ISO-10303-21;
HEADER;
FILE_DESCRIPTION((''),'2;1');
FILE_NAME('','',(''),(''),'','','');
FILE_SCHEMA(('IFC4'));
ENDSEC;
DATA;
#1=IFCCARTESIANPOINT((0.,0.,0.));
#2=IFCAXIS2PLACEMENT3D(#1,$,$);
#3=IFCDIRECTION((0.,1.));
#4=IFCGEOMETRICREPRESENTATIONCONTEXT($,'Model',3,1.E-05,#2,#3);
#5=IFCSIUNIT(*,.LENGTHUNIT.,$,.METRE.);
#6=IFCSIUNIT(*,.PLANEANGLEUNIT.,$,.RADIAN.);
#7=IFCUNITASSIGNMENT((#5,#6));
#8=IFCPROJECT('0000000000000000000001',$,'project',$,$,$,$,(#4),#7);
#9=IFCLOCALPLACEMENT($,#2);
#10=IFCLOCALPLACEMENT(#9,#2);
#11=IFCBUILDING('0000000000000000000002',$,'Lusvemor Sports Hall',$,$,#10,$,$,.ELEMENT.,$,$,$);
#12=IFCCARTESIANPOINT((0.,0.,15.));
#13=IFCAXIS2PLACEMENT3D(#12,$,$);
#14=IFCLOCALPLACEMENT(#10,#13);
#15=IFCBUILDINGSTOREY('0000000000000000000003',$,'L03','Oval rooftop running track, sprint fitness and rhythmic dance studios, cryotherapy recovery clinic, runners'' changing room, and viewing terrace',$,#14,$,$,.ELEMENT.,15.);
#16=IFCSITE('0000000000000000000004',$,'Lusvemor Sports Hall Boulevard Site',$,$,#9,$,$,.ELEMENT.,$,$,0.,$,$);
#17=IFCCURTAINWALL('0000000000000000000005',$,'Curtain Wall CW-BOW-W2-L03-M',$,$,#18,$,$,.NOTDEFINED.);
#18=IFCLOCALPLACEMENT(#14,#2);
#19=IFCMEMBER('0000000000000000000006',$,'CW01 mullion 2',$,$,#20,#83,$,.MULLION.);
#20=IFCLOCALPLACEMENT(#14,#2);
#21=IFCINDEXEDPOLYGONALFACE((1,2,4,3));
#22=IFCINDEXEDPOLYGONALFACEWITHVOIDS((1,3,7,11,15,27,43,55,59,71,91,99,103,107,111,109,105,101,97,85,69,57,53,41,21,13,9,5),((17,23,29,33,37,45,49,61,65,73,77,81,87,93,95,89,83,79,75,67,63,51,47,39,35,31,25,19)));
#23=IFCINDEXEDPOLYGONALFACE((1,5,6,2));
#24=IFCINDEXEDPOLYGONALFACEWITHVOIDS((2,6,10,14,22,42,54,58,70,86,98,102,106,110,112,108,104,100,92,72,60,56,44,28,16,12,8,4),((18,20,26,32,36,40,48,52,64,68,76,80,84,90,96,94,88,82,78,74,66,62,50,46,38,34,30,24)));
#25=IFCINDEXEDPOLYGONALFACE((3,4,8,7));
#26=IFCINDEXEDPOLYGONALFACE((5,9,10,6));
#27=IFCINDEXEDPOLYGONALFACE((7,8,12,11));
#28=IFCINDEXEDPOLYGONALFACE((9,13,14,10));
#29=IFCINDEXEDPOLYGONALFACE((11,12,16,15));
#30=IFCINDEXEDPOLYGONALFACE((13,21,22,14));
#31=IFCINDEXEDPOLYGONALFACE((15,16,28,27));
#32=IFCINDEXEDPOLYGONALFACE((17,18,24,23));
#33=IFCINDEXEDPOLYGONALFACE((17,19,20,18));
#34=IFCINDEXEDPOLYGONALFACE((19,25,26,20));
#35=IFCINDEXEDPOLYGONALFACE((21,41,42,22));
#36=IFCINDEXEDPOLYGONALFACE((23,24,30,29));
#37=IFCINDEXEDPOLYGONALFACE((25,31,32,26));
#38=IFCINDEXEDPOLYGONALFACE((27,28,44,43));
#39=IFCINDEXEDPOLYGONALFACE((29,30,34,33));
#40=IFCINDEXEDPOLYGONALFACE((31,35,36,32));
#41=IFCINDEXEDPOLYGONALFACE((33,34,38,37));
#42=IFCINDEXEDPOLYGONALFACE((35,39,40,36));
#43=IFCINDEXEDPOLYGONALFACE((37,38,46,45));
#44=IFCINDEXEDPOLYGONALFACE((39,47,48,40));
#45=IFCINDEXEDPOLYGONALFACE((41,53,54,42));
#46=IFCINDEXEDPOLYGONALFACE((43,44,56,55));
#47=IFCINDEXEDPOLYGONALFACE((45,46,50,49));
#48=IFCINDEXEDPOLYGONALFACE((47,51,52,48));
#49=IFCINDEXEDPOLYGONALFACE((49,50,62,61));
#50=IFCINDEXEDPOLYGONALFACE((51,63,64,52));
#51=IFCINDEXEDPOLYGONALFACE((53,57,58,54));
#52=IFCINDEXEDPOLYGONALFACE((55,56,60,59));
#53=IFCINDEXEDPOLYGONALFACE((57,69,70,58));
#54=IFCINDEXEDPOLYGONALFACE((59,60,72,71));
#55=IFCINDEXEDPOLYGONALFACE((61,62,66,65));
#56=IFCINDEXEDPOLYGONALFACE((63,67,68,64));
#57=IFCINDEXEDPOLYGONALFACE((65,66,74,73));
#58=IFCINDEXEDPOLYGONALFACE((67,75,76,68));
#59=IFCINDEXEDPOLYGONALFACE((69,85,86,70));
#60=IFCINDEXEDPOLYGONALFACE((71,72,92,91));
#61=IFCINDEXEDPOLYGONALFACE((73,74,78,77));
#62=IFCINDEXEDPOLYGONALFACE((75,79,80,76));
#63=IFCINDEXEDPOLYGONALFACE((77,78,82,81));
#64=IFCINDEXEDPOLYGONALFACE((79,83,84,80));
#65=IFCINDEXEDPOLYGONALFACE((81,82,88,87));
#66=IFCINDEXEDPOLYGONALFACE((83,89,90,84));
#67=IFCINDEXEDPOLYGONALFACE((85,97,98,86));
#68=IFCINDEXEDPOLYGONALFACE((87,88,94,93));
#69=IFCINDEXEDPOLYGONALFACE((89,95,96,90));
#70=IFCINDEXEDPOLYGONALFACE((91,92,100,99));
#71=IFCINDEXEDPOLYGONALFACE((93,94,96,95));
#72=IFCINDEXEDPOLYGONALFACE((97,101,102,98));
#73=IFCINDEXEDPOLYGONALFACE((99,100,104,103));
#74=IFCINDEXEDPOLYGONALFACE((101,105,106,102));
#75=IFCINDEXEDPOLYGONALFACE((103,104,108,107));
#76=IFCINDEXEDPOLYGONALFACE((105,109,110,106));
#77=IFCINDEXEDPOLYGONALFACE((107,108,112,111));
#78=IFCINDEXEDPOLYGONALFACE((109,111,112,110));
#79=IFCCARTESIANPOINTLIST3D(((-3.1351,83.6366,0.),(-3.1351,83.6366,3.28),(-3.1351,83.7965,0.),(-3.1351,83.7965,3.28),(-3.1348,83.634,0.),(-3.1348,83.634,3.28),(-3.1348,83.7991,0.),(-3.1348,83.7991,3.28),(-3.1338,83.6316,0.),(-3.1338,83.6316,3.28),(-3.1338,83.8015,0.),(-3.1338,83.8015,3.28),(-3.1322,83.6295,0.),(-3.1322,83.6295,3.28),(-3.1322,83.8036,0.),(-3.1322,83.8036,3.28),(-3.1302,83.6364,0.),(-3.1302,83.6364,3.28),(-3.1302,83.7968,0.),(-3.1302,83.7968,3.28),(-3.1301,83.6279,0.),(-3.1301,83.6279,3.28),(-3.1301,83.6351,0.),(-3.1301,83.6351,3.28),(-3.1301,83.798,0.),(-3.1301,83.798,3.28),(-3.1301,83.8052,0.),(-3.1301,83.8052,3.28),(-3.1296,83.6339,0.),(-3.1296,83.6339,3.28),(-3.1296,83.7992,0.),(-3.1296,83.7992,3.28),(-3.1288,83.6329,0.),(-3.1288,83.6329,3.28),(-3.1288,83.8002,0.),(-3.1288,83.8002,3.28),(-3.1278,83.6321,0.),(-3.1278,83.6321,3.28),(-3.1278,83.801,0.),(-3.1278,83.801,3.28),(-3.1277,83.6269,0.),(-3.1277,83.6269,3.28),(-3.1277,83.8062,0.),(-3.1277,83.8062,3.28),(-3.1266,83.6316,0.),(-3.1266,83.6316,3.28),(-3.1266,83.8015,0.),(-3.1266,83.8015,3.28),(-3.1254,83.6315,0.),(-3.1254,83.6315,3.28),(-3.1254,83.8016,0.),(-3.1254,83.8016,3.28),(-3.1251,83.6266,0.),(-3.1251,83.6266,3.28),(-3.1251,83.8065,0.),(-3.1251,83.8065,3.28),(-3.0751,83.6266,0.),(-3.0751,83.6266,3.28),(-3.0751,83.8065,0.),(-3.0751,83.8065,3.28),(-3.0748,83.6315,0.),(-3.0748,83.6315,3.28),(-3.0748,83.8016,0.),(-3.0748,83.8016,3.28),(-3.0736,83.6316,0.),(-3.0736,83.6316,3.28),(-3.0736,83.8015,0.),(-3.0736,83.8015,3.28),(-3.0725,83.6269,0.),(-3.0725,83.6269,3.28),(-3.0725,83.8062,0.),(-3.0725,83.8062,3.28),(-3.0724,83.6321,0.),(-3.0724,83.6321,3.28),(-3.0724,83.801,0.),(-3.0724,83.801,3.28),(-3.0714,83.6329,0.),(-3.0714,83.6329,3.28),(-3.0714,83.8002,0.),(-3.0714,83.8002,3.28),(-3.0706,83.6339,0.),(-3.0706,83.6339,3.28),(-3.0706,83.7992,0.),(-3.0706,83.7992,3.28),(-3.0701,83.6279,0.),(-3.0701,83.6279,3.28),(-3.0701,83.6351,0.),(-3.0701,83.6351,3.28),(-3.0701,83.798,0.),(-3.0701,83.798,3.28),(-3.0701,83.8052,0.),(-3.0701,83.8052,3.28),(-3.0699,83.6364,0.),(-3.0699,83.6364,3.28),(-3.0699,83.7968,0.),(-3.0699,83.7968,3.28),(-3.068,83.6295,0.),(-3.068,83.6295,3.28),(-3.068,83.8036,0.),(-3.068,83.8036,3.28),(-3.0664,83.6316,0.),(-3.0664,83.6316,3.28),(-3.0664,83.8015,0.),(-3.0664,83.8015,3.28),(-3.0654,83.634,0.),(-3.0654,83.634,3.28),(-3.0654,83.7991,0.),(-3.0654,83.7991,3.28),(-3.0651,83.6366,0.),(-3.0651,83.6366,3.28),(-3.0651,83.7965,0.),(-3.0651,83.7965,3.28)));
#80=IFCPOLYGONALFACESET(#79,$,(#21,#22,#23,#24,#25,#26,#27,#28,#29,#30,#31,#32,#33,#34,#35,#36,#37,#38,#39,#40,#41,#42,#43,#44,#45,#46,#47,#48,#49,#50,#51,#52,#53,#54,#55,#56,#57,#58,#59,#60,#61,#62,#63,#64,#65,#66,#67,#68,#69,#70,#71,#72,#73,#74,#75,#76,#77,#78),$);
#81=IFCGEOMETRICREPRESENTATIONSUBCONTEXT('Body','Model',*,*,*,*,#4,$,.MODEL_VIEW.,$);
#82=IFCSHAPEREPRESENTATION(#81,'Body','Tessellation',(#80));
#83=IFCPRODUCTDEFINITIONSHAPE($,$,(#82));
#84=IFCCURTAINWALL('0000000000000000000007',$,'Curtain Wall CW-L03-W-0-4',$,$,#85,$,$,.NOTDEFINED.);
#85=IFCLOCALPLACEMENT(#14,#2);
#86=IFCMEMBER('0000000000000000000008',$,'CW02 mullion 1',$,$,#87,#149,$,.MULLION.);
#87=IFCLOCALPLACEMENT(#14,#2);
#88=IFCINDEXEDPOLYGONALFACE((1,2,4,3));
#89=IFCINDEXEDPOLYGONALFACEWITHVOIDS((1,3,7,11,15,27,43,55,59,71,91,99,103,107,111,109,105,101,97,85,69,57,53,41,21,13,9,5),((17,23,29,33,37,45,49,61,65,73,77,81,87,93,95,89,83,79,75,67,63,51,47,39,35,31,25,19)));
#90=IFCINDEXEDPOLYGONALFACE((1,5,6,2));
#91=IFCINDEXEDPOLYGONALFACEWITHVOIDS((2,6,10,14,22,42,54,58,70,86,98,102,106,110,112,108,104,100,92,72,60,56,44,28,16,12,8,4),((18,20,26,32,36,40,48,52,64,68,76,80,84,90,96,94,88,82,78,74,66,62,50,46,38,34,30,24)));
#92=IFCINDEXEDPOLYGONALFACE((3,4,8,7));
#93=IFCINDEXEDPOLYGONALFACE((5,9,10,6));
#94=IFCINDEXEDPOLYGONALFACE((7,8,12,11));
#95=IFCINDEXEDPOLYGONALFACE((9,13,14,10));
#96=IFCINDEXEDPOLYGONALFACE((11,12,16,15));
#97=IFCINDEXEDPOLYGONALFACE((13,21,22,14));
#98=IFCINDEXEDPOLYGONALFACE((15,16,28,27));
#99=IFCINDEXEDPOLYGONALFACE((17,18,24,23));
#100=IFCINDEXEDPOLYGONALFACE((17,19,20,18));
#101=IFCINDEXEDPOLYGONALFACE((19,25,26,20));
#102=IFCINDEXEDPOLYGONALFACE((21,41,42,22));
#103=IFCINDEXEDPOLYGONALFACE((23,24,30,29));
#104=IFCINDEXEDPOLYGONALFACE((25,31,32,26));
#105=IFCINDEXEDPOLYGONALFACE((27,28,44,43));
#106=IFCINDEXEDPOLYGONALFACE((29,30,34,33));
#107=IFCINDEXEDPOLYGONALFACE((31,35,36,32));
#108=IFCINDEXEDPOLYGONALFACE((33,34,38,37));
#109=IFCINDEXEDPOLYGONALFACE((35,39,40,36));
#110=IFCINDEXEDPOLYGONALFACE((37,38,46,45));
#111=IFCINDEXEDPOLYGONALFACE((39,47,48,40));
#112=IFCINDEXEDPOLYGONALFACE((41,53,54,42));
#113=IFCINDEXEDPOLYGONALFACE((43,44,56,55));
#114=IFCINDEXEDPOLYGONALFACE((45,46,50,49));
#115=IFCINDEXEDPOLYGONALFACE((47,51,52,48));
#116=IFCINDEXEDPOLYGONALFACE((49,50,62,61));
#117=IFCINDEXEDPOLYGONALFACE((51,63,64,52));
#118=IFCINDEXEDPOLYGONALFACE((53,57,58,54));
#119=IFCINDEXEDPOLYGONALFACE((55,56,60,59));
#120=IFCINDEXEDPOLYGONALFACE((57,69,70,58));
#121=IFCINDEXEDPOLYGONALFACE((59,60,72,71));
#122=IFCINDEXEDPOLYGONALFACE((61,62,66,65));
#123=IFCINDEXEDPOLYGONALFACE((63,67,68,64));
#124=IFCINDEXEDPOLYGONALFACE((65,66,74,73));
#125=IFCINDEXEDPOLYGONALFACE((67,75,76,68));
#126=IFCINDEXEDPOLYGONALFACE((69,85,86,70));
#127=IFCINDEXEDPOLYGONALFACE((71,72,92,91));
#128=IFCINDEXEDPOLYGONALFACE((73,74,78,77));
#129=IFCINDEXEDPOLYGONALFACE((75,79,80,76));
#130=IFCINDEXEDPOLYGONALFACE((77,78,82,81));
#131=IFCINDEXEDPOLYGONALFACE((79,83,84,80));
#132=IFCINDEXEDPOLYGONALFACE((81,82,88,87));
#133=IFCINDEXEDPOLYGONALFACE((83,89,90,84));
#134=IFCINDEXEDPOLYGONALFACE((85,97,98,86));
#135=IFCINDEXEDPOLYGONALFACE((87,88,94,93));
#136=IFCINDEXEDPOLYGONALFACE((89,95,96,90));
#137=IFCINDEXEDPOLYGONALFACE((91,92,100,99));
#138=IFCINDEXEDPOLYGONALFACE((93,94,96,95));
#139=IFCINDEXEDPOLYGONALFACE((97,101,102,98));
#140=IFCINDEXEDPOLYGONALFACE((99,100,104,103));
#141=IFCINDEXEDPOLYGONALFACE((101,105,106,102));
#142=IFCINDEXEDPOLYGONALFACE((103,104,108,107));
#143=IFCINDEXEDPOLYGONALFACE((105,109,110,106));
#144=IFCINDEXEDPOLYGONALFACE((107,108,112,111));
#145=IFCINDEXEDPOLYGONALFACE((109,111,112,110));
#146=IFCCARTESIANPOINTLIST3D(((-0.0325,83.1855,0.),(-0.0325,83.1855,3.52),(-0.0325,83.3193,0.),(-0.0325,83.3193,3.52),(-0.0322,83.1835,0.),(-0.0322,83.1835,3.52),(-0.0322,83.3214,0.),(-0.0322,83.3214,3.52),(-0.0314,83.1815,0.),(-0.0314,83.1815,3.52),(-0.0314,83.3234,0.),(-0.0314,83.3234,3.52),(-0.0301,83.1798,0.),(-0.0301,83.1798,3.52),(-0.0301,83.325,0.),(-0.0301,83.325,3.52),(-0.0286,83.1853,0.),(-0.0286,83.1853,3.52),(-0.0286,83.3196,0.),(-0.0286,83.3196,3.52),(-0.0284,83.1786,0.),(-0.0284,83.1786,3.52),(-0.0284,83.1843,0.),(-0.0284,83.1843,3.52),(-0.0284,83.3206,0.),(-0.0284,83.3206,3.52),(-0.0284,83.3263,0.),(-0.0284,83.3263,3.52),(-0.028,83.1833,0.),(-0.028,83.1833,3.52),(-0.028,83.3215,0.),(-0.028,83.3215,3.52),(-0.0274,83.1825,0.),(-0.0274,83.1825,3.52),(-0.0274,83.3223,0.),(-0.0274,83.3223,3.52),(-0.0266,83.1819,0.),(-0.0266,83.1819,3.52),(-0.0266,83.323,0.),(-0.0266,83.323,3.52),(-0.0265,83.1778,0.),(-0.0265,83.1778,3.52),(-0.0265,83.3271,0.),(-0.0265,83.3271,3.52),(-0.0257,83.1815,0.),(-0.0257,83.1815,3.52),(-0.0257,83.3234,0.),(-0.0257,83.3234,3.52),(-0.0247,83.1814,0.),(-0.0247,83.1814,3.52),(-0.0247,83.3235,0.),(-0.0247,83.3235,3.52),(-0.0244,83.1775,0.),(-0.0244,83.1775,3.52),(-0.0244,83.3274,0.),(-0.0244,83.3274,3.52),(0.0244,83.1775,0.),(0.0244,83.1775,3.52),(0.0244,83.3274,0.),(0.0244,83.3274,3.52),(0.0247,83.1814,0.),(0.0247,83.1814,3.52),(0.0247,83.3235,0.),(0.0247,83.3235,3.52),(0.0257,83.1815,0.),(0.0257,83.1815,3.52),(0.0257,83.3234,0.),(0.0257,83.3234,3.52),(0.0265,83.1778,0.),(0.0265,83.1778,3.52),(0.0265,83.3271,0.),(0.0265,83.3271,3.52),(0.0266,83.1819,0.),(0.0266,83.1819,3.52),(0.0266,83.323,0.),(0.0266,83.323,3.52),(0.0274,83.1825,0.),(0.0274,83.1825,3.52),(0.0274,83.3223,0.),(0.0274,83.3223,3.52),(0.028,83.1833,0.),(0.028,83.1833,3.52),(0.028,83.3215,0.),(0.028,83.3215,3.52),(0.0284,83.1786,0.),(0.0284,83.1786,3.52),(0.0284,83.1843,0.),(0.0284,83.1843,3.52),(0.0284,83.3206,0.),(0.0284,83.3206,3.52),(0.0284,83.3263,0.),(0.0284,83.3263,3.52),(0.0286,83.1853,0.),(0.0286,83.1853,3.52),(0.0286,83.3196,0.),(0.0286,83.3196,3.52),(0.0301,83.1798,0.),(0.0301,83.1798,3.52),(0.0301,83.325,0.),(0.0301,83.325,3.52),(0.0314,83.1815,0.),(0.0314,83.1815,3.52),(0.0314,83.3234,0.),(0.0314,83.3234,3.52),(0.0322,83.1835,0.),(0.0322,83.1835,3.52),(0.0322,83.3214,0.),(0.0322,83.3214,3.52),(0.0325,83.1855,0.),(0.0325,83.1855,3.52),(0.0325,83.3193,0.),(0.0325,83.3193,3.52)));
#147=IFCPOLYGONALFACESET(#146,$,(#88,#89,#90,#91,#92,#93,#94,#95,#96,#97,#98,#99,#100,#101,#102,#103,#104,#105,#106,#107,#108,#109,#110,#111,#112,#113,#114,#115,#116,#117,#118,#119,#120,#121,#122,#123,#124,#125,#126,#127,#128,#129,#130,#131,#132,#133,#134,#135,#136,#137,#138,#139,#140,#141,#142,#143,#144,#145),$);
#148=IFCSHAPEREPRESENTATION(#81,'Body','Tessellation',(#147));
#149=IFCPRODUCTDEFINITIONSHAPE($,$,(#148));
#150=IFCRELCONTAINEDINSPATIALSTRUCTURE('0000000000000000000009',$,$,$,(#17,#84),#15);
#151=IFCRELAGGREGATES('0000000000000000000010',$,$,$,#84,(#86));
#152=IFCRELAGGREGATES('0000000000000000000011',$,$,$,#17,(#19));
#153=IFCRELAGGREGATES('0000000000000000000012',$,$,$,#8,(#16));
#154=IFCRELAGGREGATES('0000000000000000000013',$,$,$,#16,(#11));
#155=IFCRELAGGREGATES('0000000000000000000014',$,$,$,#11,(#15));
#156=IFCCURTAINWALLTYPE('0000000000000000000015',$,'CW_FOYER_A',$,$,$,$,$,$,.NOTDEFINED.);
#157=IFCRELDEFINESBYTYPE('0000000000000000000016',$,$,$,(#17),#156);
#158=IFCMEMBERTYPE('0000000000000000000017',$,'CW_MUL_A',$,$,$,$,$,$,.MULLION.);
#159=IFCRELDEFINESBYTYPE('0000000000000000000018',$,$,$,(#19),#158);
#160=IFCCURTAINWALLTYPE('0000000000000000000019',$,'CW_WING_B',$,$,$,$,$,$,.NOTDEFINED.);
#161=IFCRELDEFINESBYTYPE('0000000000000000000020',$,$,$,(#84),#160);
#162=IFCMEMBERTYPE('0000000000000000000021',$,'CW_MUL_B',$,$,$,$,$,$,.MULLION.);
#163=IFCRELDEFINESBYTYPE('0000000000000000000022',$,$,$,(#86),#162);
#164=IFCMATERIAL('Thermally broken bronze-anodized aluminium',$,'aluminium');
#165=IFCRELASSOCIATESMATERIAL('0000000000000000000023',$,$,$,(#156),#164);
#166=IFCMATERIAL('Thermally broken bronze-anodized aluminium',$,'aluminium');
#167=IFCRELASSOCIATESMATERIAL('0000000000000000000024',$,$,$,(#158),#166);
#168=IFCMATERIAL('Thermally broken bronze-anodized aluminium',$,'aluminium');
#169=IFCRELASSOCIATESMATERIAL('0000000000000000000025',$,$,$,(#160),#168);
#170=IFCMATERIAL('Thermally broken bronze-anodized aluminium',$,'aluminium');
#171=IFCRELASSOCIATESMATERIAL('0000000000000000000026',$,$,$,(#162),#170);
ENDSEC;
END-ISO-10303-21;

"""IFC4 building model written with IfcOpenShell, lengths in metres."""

from ifc_helpers import new_model, si_unit, direction, frame, origin, origin_2d, place, context, subcontext, project, spatial, hollow_rectangle, extrude, material, material_profile, profile_set, type_object, element, aggregate, save


model = new_model("IFC4")

# Units and contexts
model_context = context("Model", 3, precision=1e-05, world=origin(), true_north=direction((0.0, 1.0)))
body_context = subcontext(model_context, "Body", "Model", "MODEL_VIEW")
ifc_project = project(units=[si_unit("LENGTHUNIT", "METRE"), si_unit("PLANEANGLEUNIT", "RADIAN")], contexts=[model_context])

# Site, building, storey
site_placement = place(None, origin())
site = spatial("IfcSite", under=ifc_project, at=site_placement, Name="Lusvemor Sports Hall Boulevard Site", CompositionType="ELEMENT", RefElevation=0.0)
building_placement = place(site_placement, origin())
building = spatial("IfcBuilding", under=site, at=building_placement, Name="Lusvemor Sports Hall", CompositionType="ELEMENT")
storey_placement = place(building_placement, frame((0.0, 0.0, 15.0)))
storey = spatial("IfcBuildingStorey", under=building, at=storey_placement, Name="L03", Description="Oval rooftop running track, sprint fitness and rhythmic dance studios, cryotherapy recovery clinic, runners' changing room, and viewing terrace", CompositionType="ELEMENT", Elevation=15.0)

# Curtain walls, members
ifc_material_1 = material(Name="Thermally broken bronze-anodized aluminium", Category="aluminium")
curtain_wall_type_1 = type_object("IfcCurtainWallType", Name="CW_FOYER_A", PredefinedType="NOTDEFINED", material=ifc_material_1)
curtain_wall_1_placement = place(storey_placement, origin())
curtain_wall_1 = element("IfcCurtainWall", 1, at=curtain_wall_1_placement, inside=storey, type_object=curtain_wall_type_1, Name="Curtain Wall CW-BOW-W2-L03-M", PredefinedType="NOTDEFINED")
ifc_material_2 = material(Name="Thermally broken bronze-anodized aluminium", Category="aluminium")
ifc_material_profile_1 = material_profile(ifc_material_2, hollow_rectangle(XDim=0.0701, YDim=0.1799, WallThickness=0.0049, InnerFilletRadius=0.0049, OuterFilletRadius=0.01, at=origin_2d()), Name="CWMUL180x70x5")
ifc_profile_set_1 = profile_set([ifc_material_profile_1], Name="Thermally broken bronze-anodized aluminium")
member_type_1 = type_object("IfcMemberType", Name="CW_MUL_A", PredefinedType="MULLION", material=ifc_profile_set_1)
member_1_placement = place(storey_placement, frame((-3.1001, 83.7166, 0.0), z_axis=(0.0, 0.0, 1.0), x_axis=(-1.0, 0.0, 0.0)))
member_1 = element("IfcMember", 2, at=member_1_placement, type_object=member_type_1, Name="CW01 mullion 2", PredefinedType="MULLION", context=body_context, shape_type="SweptSolid", body=[
    extrude(hollow_rectangle(XDim=0.0701, YDim=0.1799, WallThickness=0.0049, InnerFilletRadius=0.0049, OuterFilletRadius=0.01, at=origin_2d()), origin(), (0.0, 0.0, 1.0), 3.28),
])
ifc_material_3 = material(Name="Thermally broken bronze-anodized aluminium", Category="aluminium")
curtain_wall_type_2 = type_object("IfcCurtainWallType", Name="CW_WING_B", PredefinedType="NOTDEFINED", material=ifc_material_3)
curtain_wall_2_placement = place(storey_placement, origin())
curtain_wall_2 = element("IfcCurtainWall", 3, at=curtain_wall_2_placement, inside=storey, type_object=curtain_wall_type_2, Name="Curtain Wall CW-L03-W-0-4", PredefinedType="NOTDEFINED")
ifc_material_4 = material(Name="Thermally broken bronze-anodized aluminium", Category="aluminium")
ifc_material_profile_2 = material_profile(ifc_material_4, hollow_rectangle(XDim=0.0649, YDim=0.1499, WallThickness=0.0039, InnerFilletRadius=0.0039, OuterFilletRadius=0.0081, at=origin_2d()), Name="CWMUL150x65x4")
ifc_profile_set_2 = profile_set([ifc_material_profile_2], Name="Thermally broken bronze-anodized aluminium")
member_type_2 = type_object("IfcMemberType", Name="CW_MUL_B", PredefinedType="MULLION", material=ifc_profile_set_2)
member_2_placement = place(storey_placement, frame((0.0, 83.2524, 0.0), z_axis=(0.0, 0.0, 1.0), x_axis=(-1.0, 0.0, 0.0)))
member_2 = element("IfcMember", 4, at=member_2_placement, type_object=member_type_2, Name="CW02 mullion 1", PredefinedType="MULLION", context=body_context, shape_type="SweptSolid", body=[
    extrude(hollow_rectangle(XDim=0.0649, YDim=0.1499, WallThickness=0.0039, InnerFilletRadius=0.0039, OuterFilletRadius=0.0081, at=origin_2d()), origin(), (0.0, 0.0, 1.0), 3.52),
])

aggregate(curtain_wall_2, [member_2])
aggregate(curtain_wall_1, [member_1])

save(model, "model.ifc")
